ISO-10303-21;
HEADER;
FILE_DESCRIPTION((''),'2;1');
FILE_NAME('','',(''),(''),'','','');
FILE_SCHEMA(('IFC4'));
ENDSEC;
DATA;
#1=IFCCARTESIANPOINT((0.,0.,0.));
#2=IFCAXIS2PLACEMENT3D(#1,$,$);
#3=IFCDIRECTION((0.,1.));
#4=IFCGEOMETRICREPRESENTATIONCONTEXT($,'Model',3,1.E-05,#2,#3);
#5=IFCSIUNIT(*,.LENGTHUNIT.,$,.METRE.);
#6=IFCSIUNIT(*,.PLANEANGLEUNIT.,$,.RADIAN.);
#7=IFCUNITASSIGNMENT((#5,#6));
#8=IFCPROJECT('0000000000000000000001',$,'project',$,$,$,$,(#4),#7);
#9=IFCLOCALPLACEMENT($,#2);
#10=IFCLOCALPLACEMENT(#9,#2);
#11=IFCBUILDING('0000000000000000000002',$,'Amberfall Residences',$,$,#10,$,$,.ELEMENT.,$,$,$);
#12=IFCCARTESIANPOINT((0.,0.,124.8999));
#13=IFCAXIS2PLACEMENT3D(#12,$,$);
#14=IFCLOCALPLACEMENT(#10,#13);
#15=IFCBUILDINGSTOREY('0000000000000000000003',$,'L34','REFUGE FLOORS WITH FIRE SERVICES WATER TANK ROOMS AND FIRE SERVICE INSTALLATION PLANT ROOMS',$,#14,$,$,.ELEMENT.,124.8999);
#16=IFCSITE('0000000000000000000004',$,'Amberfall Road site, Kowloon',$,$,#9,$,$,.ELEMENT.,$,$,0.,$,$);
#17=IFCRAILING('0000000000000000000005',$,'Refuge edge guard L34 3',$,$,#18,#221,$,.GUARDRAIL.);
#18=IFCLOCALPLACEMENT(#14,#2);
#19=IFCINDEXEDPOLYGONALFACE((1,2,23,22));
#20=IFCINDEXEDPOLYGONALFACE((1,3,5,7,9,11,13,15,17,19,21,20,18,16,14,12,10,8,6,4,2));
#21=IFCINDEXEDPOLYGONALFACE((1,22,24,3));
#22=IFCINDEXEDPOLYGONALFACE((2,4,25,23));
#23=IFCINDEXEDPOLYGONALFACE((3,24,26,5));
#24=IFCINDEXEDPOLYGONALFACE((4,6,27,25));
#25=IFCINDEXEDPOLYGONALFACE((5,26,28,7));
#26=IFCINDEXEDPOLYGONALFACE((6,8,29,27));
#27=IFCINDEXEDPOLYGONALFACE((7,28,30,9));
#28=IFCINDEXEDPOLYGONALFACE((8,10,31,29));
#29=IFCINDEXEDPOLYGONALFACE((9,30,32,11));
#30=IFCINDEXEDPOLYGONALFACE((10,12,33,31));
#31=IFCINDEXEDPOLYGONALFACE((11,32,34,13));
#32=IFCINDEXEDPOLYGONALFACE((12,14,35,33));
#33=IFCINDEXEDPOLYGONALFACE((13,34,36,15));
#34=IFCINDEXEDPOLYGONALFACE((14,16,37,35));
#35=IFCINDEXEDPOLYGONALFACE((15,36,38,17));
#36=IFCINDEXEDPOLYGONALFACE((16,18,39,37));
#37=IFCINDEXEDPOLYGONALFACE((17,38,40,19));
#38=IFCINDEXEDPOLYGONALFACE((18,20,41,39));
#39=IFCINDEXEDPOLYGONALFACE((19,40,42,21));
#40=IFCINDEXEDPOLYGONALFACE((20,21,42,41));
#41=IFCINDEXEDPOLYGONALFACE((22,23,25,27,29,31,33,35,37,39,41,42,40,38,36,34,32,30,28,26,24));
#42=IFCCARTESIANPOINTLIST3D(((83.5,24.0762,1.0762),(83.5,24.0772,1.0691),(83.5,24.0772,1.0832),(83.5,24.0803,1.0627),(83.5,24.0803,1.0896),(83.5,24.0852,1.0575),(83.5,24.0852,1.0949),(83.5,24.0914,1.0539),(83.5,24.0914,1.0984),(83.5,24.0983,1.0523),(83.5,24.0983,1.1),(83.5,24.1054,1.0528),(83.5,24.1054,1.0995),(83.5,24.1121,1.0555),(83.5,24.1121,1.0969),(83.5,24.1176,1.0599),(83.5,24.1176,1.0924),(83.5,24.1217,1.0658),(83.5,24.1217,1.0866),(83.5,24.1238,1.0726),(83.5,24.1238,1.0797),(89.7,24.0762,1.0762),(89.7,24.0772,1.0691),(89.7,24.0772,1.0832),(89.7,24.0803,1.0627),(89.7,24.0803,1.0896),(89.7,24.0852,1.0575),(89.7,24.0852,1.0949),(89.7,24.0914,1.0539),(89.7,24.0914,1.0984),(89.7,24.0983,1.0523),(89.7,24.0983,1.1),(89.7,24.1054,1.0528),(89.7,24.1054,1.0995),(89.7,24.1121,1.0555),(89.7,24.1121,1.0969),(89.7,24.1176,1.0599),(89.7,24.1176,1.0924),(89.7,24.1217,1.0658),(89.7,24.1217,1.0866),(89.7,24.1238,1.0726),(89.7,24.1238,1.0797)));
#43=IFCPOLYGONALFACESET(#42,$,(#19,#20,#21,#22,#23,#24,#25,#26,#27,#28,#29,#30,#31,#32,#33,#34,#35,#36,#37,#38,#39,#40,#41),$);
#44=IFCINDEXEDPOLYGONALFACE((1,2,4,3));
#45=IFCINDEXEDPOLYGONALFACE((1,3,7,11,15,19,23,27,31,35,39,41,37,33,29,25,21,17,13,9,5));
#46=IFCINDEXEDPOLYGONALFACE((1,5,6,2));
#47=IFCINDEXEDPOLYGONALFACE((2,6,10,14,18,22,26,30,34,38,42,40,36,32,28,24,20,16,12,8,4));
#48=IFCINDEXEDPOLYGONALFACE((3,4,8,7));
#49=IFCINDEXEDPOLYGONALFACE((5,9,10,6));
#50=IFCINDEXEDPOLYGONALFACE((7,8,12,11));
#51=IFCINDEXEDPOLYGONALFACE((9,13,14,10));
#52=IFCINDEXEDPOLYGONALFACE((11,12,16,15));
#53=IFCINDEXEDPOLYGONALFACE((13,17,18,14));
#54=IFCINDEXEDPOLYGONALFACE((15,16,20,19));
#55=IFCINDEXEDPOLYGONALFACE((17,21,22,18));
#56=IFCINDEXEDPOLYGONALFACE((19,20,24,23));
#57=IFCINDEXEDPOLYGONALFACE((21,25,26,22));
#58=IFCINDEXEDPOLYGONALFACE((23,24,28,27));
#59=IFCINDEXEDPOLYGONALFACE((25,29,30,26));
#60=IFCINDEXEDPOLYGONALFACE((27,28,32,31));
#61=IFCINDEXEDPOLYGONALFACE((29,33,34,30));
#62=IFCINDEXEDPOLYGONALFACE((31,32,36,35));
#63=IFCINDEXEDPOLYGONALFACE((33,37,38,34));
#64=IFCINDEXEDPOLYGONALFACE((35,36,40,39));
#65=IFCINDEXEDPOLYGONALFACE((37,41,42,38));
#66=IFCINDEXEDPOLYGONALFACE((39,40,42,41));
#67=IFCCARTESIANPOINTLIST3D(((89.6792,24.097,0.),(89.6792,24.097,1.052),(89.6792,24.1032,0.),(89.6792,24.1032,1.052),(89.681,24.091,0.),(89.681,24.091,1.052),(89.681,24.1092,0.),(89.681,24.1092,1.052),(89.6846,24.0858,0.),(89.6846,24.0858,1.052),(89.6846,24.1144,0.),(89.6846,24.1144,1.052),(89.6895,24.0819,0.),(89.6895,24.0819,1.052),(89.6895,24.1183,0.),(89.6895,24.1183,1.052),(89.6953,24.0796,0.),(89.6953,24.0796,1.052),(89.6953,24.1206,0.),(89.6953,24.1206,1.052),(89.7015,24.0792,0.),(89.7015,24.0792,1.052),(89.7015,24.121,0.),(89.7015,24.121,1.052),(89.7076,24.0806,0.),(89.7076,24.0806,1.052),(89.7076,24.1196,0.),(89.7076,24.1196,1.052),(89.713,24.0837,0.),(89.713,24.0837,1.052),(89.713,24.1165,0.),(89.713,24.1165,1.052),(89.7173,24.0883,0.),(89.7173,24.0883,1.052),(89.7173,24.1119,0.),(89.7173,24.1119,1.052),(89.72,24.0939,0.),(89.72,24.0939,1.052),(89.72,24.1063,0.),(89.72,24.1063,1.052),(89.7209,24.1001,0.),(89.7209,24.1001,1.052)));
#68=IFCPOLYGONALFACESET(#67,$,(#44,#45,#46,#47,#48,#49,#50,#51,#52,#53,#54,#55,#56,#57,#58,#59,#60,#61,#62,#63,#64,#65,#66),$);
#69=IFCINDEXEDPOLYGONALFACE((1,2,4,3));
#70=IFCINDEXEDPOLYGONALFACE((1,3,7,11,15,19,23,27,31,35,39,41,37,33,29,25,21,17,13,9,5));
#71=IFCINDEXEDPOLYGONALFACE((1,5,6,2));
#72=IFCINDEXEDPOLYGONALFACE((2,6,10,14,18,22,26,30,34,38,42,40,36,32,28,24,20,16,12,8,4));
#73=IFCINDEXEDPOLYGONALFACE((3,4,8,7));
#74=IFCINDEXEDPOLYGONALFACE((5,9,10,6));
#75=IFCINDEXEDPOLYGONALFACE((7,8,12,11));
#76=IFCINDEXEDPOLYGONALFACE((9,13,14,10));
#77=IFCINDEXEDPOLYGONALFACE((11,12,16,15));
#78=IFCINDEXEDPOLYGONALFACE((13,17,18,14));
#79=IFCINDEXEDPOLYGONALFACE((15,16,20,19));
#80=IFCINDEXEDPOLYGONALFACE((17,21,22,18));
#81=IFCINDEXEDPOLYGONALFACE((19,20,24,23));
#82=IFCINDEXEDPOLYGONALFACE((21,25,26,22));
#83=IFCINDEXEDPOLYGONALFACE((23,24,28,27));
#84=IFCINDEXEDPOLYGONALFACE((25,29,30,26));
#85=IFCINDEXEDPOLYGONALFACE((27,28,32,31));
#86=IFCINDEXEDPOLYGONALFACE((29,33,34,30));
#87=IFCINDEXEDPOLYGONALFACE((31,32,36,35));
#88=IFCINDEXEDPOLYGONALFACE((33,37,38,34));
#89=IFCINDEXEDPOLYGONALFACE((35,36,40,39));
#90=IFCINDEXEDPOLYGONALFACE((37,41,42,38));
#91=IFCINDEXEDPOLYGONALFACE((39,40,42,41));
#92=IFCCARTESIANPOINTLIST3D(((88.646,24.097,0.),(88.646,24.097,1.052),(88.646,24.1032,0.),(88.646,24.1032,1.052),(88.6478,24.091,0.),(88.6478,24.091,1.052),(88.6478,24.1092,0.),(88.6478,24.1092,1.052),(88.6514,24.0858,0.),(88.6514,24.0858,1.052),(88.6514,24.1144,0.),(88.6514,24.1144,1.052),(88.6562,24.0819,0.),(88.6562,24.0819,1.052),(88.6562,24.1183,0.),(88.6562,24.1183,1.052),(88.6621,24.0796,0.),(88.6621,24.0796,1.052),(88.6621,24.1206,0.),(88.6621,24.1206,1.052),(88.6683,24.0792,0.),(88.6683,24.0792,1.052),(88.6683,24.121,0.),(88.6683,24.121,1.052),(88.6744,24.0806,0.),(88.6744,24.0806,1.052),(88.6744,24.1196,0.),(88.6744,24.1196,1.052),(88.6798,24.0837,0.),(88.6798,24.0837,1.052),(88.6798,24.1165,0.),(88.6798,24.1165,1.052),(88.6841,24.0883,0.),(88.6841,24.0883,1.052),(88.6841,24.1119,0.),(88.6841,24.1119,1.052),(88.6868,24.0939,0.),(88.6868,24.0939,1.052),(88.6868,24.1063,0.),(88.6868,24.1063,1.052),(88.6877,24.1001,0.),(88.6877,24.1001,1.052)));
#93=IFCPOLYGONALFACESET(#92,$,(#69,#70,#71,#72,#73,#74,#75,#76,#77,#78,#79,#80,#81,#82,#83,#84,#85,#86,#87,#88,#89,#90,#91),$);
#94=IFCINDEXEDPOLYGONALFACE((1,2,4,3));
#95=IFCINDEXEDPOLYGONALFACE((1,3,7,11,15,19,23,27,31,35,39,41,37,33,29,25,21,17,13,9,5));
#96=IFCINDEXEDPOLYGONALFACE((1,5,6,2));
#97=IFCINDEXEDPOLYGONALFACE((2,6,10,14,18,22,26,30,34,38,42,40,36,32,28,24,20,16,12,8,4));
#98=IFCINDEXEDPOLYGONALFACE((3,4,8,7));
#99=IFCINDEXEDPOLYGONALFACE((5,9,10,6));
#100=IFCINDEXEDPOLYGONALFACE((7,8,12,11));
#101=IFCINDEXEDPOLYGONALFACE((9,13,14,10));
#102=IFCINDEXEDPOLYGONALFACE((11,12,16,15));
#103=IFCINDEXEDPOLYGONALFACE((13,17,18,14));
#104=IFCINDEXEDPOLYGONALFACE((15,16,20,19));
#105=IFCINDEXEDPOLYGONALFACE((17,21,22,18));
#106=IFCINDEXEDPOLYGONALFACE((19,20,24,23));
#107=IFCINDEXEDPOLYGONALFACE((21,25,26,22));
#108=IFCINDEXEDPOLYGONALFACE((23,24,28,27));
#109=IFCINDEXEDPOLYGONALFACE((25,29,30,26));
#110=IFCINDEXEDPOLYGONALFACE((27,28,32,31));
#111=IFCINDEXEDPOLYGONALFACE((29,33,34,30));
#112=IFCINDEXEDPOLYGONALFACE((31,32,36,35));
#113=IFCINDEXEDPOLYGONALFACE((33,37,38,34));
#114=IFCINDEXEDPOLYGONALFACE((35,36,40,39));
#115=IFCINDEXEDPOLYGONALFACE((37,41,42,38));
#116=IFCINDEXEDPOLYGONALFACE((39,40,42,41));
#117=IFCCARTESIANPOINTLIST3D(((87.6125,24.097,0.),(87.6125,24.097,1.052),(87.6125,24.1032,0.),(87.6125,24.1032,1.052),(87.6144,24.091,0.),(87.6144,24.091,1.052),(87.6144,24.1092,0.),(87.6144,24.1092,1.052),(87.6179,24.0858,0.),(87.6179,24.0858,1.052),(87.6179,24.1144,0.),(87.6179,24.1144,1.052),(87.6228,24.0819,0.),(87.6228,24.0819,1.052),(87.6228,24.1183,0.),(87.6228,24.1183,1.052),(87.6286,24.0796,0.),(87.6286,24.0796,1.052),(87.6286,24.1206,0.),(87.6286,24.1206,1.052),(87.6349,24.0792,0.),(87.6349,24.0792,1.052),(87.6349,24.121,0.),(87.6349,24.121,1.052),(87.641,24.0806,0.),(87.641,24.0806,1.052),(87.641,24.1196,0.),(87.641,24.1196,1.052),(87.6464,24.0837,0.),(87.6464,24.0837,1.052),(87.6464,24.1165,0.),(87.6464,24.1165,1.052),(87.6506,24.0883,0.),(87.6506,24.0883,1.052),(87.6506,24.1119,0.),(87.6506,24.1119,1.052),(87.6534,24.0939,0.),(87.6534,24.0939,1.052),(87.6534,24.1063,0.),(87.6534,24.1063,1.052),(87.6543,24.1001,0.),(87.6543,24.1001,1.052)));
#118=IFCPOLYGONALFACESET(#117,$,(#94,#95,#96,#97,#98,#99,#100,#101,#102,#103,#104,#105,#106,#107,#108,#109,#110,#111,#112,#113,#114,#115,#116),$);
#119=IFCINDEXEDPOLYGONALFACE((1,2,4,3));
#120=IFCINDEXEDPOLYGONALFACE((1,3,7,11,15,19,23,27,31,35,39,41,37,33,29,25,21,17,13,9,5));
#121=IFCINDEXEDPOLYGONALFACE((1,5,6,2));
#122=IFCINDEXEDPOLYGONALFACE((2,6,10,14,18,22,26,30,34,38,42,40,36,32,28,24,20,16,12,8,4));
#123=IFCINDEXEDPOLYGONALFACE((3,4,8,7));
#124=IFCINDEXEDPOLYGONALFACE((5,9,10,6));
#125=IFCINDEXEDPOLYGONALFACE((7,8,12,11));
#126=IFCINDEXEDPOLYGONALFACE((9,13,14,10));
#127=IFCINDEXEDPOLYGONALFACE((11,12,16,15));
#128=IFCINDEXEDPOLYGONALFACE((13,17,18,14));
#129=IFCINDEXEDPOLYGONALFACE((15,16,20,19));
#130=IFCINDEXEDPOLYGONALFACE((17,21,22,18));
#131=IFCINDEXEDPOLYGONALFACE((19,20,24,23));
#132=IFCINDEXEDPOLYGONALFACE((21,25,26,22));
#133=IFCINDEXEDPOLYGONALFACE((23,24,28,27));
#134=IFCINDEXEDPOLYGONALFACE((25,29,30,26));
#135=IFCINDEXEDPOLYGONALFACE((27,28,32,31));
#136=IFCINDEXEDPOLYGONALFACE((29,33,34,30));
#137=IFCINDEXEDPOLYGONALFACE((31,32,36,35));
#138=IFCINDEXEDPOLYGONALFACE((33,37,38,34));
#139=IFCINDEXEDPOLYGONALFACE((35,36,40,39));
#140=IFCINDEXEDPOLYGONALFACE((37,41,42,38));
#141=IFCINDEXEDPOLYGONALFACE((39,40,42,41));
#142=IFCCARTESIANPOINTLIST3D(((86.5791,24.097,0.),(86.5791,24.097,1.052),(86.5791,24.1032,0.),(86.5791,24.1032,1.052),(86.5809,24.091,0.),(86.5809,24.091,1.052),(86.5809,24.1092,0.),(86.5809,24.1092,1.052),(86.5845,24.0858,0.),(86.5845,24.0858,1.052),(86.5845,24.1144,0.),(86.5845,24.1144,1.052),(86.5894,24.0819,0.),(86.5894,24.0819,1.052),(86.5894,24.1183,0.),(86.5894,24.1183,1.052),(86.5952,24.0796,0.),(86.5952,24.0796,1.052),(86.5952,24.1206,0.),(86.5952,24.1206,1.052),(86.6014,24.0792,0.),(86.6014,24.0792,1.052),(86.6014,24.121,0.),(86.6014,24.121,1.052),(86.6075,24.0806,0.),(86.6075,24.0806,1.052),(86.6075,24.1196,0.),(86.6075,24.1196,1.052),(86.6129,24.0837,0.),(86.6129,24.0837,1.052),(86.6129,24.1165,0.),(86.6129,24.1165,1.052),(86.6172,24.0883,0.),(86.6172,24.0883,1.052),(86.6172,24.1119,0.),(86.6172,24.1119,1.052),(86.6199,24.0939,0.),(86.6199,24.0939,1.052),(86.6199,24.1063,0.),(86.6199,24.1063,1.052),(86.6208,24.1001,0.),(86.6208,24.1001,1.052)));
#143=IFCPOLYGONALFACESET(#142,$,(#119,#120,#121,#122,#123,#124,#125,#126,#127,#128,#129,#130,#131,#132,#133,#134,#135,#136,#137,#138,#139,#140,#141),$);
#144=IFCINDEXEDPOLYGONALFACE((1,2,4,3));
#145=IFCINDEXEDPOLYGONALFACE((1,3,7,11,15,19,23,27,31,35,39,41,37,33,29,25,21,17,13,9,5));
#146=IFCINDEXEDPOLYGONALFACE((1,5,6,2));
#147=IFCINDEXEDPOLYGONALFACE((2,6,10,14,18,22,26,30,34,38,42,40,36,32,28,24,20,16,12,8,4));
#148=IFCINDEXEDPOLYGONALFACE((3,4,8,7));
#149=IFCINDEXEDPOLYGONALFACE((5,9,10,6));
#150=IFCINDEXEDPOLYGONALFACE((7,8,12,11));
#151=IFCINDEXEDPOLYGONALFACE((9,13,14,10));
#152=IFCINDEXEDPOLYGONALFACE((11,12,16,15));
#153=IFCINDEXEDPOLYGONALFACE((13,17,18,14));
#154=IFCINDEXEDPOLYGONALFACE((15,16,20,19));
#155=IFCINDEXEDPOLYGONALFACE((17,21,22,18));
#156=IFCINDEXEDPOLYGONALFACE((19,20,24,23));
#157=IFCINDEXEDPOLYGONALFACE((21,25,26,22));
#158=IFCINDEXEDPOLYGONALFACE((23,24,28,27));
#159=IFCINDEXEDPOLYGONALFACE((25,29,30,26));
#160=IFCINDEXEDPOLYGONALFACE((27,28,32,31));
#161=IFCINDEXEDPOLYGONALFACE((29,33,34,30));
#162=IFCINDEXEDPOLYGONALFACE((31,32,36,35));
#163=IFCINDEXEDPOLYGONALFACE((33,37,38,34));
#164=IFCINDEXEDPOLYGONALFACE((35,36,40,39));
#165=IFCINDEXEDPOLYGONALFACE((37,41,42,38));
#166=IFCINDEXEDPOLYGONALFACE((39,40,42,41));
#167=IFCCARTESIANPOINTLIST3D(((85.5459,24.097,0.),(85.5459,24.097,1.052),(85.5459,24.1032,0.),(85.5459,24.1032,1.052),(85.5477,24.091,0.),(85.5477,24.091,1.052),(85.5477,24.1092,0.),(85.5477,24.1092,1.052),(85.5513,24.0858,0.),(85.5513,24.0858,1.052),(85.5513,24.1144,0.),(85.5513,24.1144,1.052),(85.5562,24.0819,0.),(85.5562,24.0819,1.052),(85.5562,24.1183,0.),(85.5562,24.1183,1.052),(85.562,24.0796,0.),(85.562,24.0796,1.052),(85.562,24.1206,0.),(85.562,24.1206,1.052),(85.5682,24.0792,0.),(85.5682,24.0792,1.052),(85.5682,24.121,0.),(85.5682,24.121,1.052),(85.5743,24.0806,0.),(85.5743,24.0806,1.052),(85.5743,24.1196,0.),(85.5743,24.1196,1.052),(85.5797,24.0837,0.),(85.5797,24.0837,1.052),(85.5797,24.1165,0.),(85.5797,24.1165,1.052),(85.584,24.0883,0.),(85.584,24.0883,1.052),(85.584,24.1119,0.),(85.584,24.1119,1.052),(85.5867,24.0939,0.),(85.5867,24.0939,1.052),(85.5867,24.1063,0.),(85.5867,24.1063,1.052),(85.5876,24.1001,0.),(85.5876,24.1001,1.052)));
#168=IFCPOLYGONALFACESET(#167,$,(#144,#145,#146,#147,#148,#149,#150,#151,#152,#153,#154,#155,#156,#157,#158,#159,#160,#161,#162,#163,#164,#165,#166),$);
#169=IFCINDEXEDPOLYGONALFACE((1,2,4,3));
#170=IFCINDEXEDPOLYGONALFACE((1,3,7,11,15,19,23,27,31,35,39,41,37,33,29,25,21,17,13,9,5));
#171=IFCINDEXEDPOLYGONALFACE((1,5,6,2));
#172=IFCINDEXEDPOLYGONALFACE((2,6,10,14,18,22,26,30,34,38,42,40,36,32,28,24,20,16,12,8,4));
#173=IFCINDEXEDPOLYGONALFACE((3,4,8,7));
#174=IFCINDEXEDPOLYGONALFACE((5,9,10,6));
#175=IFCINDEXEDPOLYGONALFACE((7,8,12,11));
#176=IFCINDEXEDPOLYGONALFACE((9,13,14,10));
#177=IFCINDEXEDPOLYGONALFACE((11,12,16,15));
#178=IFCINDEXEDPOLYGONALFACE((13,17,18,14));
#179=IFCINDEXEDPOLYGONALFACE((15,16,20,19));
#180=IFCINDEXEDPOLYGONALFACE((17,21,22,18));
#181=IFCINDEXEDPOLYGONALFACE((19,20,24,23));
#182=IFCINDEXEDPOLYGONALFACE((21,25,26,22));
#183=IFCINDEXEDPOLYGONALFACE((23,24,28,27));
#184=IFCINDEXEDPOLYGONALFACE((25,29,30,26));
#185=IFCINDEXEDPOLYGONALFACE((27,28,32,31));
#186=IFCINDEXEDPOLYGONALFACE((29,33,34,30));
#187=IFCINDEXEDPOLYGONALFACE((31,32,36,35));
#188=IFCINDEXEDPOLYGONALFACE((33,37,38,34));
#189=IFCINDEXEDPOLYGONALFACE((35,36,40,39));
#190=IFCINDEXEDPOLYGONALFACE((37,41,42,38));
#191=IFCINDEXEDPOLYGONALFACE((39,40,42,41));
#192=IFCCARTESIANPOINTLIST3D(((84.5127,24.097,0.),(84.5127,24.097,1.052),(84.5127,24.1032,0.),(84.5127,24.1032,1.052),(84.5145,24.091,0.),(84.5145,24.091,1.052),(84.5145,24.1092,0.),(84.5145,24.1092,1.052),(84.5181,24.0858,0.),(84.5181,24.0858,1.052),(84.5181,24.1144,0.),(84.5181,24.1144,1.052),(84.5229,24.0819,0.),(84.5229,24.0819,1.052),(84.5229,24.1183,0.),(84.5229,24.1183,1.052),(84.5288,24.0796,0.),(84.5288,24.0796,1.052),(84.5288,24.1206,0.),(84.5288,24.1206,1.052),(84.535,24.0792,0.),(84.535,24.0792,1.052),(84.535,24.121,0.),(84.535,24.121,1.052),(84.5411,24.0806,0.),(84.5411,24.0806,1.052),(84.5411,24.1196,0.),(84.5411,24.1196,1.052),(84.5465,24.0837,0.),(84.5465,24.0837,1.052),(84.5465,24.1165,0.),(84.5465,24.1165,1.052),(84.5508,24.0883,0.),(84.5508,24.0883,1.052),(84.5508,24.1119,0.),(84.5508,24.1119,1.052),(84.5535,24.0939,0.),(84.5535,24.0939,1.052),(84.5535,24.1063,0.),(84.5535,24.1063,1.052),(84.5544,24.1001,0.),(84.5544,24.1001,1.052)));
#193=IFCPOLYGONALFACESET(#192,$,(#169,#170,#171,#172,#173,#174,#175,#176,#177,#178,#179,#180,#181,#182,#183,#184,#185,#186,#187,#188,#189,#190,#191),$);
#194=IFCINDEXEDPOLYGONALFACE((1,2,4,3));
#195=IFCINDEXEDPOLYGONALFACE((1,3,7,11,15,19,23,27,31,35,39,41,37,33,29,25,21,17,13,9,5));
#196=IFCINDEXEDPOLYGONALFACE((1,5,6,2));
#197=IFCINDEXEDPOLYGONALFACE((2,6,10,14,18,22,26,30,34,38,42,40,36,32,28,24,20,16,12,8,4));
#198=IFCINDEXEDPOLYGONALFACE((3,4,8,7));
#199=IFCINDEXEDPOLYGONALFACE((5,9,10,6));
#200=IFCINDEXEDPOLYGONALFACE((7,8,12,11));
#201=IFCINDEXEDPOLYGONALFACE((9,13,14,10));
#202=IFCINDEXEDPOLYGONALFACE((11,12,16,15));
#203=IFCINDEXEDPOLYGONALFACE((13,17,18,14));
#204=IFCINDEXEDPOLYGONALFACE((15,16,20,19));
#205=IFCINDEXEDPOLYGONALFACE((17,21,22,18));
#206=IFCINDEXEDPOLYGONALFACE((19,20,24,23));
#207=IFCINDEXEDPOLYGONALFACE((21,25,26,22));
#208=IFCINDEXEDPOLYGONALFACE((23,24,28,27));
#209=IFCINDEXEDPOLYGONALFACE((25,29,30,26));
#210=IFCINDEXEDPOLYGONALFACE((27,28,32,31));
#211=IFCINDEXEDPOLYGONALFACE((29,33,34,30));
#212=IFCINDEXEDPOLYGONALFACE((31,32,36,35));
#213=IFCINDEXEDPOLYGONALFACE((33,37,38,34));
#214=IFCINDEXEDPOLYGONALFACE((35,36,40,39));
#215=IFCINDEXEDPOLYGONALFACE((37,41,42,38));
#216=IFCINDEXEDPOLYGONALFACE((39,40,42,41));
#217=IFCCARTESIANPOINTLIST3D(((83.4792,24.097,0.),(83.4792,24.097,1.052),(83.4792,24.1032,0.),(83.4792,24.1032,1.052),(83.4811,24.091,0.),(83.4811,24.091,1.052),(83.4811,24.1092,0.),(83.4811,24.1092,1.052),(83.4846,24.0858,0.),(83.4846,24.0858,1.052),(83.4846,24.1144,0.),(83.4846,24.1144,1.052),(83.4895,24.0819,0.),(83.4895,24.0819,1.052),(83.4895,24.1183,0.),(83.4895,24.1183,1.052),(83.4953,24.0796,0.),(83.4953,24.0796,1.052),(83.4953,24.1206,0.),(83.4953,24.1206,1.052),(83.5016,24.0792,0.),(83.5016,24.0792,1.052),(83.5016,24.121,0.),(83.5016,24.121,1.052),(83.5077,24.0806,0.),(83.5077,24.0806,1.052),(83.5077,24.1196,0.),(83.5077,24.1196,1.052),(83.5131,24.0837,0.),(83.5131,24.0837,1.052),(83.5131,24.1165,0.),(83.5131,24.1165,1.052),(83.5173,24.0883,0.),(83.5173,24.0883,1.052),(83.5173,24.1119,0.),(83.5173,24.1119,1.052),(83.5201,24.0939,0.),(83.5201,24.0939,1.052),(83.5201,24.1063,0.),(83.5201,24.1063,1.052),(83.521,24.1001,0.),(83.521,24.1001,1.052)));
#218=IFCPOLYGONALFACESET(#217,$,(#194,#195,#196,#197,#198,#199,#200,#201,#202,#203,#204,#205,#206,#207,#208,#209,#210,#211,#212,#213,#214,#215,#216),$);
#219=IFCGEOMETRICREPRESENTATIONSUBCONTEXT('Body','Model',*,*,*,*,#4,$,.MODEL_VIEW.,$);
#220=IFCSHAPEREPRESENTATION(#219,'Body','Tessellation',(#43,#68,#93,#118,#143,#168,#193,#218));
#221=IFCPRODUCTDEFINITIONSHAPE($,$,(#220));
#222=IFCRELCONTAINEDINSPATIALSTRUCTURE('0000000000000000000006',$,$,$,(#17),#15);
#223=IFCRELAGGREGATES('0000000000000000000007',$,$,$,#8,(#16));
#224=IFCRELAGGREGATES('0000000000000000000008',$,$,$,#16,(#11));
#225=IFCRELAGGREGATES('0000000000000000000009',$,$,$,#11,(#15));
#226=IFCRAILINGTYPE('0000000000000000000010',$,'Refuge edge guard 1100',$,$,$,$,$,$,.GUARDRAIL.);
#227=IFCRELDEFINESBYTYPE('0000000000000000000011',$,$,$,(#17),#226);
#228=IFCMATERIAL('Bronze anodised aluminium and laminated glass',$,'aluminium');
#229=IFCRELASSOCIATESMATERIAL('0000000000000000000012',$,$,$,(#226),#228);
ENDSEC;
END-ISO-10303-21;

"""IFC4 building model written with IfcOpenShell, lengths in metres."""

from ifc_helpers import new_model, si_unit, direction, frame, origin, origin_2d, place, context, subcontext, project, spatial, circle, extrude, material, type_object, element, save


model = new_model("IFC4")

# Units and contexts
model_context = context("Model", 3, precision=1e-05, world=origin(), true_north=direction((0.0, 1.0)))
body_context = subcontext(model_context, "Body", "Model", "MODEL_VIEW")
ifc_project = project(units=[si_unit("LENGTHUNIT", "METRE"), si_unit("PLANEANGLEUNIT", "RADIAN")], contexts=[model_context])

# Site, building, storey
site_placement = place(None, origin())
site = spatial("IfcSite", under=ifc_project, at=site_placement, Name="Amberfall Road site, Kowloon", CompositionType="ELEMENT", RefElevation=0.0)
building_placement = place(site_placement, origin())
building = spatial("IfcBuilding", under=site, at=building_placement, Name="Amberfall Residences", CompositionType="ELEMENT")
storey_placement = place(building_placement, frame((0.0, 0.0, 124.8999)))
storey = spatial("IfcBuildingStorey", under=building, at=storey_placement, Name="L34", Description="REFUGE FLOORS WITH FIRE SERVICES WATER TANK ROOMS AND FIRE SERVICE INSTALLATION PLANT ROOMS", CompositionType="ELEMENT", Elevation=124.8999)

# Railing
ifc_material_1 = material(Name="Bronze anodised aluminium and laminated glass", Category="aluminium")
railing_type = type_object("IfcRailingType", Name="Refuge edge guard 1100", PredefinedType="GUARDRAIL", material=ifc_material_1)
railing_1_placement = place(storey_placement, frame((89.7, 24.1001, 0.0)))
element("IfcRailing", 1, at=railing_1_placement, inside=storey, type_object=railing_type, Name="Refuge edge guard L34 3", PredefinedType="GUARDRAIL", context=body_context, shape_type="SweptSolid", body=[
    extrude(circle(Radius=0.0239, at=origin_2d()), frame((0.0, 0.0, 1.0762), z_axis=(-1.0, 0.0, 0.0), x_axis=(0.0, -1.0, 0.0)), (0.0, 0.0, 1.0), 6.2),
    extrude(circle(Radius=0.021, at=origin_2d()), origin(), (0.0, 0.0, 1.0), 1.052),
    extrude(circle(Radius=0.021, at=origin_2d()), frame((-1.0332, 0.0, 0.0)), (0.0, 0.0, 1.0), 1.052),
    extrude(circle(Radius=0.021, at=origin_2d()), frame((-2.0667, 0.0, 0.0)), (0.0, 0.0, 1.0), 1.052),
    extrude(circle(Radius=0.021, at=origin_2d()), frame((-3.1001, 0.0, 0.0)), (0.0, 0.0, 1.0), 1.052),
    extrude(circle(Radius=0.021, at=origin_2d()), frame((-4.1333, 0.0, 0.0)), (0.0, 0.0, 1.0), 1.052),
    extrude(circle(Radius=0.021, at=origin_2d()), frame((-5.1665, 0.0, 0.0)), (0.0, 0.0, 1.0), 1.052),
    extrude(circle(Radius=0.021, at=origin_2d()), frame((-6.2, 0.0, 0.0)), (0.0, 0.0, 1.0), 1.052),
])

save(model, "model.ifc")
